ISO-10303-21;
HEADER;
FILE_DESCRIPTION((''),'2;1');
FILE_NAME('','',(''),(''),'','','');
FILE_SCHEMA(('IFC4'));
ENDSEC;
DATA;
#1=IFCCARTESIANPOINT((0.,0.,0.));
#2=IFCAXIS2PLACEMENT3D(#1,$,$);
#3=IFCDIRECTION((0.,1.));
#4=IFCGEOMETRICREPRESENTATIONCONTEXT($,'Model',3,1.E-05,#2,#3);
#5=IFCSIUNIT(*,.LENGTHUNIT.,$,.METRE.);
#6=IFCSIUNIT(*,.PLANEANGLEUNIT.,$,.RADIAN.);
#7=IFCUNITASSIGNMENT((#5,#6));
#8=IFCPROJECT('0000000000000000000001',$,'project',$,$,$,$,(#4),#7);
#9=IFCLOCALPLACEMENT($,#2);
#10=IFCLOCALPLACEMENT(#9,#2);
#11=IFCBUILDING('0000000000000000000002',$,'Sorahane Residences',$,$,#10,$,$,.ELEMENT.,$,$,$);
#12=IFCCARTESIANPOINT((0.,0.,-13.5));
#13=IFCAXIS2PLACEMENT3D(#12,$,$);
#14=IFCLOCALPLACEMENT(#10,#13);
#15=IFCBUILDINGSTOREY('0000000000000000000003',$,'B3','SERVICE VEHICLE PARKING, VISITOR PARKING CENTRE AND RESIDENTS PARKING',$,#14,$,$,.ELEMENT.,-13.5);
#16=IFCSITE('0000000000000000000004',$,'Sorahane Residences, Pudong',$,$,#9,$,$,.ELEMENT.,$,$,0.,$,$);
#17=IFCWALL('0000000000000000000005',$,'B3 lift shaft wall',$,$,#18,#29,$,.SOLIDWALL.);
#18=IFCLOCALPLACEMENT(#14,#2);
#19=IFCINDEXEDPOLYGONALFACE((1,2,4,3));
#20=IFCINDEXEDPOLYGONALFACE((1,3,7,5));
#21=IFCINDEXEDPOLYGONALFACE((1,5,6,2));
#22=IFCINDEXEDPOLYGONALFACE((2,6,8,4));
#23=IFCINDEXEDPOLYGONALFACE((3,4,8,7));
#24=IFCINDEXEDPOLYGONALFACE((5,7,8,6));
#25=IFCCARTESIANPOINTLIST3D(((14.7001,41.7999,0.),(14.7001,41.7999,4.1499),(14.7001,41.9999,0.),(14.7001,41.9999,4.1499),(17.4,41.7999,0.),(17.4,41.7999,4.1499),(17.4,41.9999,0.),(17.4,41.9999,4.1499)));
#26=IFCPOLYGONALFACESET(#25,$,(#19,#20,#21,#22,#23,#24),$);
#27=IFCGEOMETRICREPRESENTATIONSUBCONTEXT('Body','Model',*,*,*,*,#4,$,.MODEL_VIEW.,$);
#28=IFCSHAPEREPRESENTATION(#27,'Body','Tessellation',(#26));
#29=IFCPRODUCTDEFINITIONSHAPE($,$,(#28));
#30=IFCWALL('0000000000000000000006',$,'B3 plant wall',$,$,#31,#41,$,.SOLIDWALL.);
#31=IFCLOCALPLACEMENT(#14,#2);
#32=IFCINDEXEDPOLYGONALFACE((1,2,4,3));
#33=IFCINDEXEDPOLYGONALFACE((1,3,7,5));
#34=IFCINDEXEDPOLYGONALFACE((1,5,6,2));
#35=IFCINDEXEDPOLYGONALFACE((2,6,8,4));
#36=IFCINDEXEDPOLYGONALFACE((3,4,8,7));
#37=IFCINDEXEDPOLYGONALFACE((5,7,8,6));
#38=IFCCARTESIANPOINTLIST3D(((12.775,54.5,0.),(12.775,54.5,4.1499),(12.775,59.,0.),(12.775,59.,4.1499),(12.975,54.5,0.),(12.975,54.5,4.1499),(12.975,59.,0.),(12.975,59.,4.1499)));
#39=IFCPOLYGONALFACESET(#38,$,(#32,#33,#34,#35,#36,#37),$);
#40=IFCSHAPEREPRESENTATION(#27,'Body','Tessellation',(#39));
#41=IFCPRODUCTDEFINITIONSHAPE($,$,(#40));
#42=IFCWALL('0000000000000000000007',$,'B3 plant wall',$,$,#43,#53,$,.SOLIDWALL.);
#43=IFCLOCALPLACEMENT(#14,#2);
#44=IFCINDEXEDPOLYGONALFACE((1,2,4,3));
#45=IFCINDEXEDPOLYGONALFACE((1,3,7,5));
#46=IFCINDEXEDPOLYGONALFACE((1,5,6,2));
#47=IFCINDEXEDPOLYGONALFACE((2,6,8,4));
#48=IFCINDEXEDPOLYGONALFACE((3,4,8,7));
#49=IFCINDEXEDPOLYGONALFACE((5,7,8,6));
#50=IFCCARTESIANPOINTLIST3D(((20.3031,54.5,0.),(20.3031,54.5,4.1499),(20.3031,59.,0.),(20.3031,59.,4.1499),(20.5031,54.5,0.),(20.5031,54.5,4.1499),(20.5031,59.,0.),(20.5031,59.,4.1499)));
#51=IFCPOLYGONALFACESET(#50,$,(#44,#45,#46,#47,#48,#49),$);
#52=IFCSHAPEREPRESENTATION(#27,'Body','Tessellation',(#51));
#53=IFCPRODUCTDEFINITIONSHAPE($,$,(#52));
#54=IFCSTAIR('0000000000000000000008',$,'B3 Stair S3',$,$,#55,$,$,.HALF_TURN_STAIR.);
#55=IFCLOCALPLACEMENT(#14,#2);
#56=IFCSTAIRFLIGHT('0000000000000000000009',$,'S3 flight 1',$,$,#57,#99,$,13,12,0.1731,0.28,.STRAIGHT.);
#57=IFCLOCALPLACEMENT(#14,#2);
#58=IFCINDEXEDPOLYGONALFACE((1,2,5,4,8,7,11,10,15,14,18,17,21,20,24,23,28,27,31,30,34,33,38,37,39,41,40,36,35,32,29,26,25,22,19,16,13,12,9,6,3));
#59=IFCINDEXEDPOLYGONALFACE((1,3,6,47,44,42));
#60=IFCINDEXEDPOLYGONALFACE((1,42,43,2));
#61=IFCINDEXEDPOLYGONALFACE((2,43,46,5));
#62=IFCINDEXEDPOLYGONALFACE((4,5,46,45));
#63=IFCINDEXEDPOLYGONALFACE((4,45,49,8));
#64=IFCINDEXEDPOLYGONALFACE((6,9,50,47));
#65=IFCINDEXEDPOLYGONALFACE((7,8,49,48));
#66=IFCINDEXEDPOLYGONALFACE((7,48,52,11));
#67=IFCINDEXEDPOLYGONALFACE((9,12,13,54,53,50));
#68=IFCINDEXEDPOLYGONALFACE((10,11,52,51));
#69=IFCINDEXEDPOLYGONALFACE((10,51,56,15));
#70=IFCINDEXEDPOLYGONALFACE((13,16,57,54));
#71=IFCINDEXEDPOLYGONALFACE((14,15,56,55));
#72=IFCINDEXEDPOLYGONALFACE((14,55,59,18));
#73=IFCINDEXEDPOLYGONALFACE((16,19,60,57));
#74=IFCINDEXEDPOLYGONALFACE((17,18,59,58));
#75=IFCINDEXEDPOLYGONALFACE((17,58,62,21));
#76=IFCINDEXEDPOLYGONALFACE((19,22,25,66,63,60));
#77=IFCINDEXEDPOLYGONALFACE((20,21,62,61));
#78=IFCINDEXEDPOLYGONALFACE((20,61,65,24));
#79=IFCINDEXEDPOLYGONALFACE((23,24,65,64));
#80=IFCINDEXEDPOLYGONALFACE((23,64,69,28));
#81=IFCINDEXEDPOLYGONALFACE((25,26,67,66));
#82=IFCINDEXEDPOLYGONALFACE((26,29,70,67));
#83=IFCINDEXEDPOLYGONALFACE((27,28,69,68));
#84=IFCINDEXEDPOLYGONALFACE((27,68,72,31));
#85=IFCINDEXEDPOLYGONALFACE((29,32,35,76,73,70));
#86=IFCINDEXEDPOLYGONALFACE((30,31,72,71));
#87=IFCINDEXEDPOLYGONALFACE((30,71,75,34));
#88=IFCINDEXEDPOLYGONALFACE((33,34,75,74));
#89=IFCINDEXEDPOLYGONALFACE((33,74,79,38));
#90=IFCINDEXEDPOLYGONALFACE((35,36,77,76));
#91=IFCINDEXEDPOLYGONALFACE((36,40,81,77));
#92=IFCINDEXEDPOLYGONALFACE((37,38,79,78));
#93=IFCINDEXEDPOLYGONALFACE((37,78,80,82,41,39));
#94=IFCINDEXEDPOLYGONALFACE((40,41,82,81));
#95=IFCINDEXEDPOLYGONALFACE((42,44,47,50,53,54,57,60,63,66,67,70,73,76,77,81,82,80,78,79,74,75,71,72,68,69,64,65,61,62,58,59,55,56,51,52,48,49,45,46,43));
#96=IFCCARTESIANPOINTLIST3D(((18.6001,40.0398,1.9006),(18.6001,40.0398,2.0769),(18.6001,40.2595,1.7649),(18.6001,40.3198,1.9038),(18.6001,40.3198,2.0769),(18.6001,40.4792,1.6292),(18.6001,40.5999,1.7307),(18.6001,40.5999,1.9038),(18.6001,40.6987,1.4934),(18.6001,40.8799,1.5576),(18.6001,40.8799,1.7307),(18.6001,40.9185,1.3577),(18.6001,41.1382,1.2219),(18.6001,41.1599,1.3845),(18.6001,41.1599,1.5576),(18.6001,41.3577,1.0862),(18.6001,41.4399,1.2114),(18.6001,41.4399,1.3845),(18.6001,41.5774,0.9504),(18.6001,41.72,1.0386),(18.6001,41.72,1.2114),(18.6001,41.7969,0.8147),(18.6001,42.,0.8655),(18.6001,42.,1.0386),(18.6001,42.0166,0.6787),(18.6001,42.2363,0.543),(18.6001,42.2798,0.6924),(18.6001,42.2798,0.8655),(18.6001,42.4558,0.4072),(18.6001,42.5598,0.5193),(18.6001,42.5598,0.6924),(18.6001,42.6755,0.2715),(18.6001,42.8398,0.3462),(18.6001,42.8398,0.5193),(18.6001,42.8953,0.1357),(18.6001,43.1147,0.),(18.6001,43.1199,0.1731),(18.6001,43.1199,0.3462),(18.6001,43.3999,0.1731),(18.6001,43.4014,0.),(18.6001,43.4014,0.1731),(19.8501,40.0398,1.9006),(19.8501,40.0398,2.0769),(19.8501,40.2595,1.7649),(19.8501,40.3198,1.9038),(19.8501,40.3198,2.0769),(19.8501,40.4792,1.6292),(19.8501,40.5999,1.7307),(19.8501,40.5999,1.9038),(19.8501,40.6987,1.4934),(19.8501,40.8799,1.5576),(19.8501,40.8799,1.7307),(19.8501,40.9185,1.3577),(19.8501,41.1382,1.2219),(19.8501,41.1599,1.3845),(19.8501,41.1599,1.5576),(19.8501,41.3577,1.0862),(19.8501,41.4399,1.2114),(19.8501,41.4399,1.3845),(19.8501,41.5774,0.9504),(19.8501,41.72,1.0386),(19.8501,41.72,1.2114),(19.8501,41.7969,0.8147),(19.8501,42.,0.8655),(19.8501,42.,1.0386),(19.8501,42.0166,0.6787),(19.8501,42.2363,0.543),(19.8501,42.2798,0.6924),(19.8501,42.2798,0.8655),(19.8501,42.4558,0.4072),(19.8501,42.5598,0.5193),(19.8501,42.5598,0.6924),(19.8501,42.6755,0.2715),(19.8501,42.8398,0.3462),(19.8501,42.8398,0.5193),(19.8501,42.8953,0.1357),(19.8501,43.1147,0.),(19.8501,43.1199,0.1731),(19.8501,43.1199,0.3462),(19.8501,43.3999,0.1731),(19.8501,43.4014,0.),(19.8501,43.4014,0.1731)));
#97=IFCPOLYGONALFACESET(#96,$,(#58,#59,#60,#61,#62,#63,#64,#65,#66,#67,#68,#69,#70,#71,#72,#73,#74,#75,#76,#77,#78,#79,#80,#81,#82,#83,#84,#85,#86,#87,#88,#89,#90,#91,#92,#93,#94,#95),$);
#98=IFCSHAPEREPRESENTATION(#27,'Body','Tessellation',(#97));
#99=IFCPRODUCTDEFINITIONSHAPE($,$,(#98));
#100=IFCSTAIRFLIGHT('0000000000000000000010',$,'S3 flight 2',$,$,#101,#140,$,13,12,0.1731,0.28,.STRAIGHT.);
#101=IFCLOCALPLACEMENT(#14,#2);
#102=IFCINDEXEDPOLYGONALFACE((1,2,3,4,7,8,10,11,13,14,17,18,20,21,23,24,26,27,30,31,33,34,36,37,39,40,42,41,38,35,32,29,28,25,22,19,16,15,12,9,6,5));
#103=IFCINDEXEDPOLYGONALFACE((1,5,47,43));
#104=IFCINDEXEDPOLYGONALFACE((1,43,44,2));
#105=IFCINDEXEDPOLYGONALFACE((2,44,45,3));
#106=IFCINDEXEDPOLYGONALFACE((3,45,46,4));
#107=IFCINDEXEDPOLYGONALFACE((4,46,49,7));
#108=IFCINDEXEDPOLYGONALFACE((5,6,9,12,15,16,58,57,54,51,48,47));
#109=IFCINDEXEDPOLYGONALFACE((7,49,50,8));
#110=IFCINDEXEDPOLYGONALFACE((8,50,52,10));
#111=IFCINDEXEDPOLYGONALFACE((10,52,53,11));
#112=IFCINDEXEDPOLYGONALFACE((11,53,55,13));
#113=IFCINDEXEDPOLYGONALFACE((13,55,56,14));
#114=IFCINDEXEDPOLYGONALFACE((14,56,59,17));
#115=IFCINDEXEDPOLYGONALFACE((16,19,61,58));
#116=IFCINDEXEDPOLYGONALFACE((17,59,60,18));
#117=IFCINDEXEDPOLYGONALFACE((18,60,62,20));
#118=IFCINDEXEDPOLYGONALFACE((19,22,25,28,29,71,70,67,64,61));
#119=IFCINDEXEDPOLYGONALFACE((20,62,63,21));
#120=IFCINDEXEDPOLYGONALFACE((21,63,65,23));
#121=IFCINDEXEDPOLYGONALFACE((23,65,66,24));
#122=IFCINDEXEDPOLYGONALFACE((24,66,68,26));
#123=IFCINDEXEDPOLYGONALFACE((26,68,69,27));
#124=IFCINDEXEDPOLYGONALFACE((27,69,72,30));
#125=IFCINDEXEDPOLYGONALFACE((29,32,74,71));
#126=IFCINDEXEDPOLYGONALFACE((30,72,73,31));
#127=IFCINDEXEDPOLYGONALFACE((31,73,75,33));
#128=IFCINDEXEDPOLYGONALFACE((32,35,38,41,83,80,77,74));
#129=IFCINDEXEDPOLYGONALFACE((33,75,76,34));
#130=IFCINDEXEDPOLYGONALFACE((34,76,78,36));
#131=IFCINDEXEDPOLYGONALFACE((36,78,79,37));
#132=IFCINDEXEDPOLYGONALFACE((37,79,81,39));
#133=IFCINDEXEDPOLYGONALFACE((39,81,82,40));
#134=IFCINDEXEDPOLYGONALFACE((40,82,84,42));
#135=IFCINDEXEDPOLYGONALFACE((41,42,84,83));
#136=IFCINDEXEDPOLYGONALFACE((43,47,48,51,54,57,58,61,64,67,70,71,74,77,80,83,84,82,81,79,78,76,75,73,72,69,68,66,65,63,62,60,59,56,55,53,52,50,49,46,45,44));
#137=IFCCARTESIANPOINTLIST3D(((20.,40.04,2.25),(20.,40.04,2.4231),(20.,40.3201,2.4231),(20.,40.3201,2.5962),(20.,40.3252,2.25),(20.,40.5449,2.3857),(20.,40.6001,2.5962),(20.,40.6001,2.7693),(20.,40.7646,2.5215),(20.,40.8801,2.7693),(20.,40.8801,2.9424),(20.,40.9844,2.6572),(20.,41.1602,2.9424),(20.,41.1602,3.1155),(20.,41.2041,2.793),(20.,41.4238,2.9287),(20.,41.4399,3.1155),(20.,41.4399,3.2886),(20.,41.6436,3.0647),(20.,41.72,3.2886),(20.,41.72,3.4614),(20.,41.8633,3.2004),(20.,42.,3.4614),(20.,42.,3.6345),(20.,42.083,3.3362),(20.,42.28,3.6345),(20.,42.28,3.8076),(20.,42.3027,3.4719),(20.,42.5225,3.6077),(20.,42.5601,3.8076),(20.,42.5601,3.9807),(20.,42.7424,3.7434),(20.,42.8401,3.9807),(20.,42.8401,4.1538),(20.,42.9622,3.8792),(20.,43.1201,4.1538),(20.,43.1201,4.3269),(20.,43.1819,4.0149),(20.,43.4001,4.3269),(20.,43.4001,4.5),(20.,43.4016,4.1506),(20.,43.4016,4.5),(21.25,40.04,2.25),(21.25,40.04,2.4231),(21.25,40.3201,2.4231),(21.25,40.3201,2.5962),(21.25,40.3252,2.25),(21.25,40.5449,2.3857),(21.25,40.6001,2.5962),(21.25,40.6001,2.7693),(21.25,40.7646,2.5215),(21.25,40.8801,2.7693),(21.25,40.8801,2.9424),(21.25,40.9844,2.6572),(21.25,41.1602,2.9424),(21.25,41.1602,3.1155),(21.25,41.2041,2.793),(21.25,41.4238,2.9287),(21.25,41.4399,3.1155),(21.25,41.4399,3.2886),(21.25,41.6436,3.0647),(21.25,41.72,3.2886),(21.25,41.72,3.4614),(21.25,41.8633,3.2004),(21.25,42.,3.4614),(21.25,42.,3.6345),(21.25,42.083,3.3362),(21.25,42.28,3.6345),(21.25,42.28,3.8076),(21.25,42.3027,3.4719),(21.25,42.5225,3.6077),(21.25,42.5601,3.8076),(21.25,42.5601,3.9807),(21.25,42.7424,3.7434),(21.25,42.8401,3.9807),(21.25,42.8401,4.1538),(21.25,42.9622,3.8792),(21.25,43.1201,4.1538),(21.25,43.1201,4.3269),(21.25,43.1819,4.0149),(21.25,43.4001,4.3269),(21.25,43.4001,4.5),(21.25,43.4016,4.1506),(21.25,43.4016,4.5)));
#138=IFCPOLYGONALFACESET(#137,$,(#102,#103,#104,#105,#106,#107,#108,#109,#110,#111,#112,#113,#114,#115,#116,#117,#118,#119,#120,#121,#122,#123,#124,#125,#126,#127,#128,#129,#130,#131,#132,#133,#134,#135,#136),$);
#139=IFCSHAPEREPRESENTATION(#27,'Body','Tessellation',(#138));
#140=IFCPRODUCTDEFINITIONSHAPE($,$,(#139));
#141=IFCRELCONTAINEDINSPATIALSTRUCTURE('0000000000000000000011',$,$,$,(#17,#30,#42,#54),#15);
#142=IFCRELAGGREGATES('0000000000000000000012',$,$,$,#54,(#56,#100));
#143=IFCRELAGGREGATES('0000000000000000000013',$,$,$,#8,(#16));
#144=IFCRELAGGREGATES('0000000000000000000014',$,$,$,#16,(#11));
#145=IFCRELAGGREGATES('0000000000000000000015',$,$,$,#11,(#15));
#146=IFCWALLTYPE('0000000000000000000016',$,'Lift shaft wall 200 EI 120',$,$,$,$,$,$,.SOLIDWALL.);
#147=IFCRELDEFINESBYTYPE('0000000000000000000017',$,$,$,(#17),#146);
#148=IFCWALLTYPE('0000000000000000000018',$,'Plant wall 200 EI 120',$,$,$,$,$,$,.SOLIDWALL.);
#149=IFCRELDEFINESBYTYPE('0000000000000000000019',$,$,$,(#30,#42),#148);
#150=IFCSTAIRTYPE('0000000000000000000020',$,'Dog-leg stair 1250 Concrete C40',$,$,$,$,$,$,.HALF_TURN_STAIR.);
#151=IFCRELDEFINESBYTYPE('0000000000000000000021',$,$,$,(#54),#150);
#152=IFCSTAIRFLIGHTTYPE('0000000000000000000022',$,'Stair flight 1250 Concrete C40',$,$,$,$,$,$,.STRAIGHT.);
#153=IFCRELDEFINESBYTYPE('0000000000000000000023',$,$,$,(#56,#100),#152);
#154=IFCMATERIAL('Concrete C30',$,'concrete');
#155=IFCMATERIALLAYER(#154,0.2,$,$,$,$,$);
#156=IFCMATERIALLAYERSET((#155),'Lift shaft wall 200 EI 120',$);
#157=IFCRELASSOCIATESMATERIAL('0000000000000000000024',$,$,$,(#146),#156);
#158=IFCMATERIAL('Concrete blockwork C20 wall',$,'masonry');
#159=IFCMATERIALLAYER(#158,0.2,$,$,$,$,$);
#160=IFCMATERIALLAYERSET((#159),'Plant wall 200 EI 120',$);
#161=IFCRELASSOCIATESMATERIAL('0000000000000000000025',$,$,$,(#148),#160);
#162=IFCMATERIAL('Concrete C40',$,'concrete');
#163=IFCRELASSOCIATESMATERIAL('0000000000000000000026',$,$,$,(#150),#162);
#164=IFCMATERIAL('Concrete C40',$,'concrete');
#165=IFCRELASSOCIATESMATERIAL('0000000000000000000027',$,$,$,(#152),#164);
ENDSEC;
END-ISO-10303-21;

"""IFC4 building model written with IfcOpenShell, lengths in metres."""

from ifc_helpers import new_model, si_unit, direction, frame, frame_2d, origin, place, context, subcontext, project, spatial, polyline, rectangle, outline, extrude, material, layer, layer_set, type_object, element, aggregate, save


model = new_model("IFC4")

# Units and contexts
model_context = context("Model", 3, precision=1e-05, world=origin(), true_north=direction((0.0, 1.0)))
body_context = subcontext(model_context, "Body", "Model", "MODEL_VIEW")
ifc_project = project(units=[si_unit("LENGTHUNIT", "METRE"), si_unit("PLANEANGLEUNIT", "RADIAN")], contexts=[model_context])

# Site, building, storey
site_placement = place(None, origin())
site = spatial("IfcSite", under=ifc_project, at=site_placement, Name="Sorahane Residences, Pudong", CompositionType="ELEMENT", RefElevation=0.0)
building_placement = place(site_placement, origin())
building = spatial("IfcBuilding", under=site, at=building_placement, Name="Sorahane Residences", CompositionType="ELEMENT")
storey_placement = place(building_placement, frame((0.0, 0.0, -13.5)))
storey = spatial("IfcBuildingStorey", under=building, at=storey_placement, Name="B3", Description="SERVICE VEHICLE PARKING, VISITOR PARKING CENTRE AND RESIDENTS PARKING", CompositionType="ELEMENT", Elevation=-13.5)

# Walls
ifc_material_1 = material(Name="Concrete C30", Category="concrete")
ifc_layer_1 = layer(ifc_material_1, 0.2)
ifc_layer_set_1 = layer_set([ifc_layer_1], Name="Lift shaft wall 200 EI 120")
wall_type_1 = type_object("IfcWallType", Name="Lift shaft wall 200 EI 120", PredefinedType="SOLIDWALL", material=ifc_layer_set_1)
wall_placement = place(storey_placement, frame((14.7, 41.8999, 0.0), z_axis=(0.0, 0.0, 1.0), x_axis=(1.0, 0.0, 0.0)))
element("IfcWall", 1, at=wall_placement, inside=storey, type_object=wall_type_1, Name="B3 lift shaft wall", PredefinedType="SOLIDWALL", context=body_context, shape_type="SweptSolid", body=[
    extrude(rectangle(XDim=2.7, YDim=0.2, at=frame_2d((1.3501, 0.0))), origin(), (0.0, 0.0, 1.0), 4.1499),
])
ifc_material_2 = material(Name="Concrete blockwork C20 wall", Category="masonry")
ifc_layer_2 = layer(ifc_material_2, 0.2)
ifc_layer_set_2 = layer_set([ifc_layer_2], Name="Plant wall 200 EI 120")
wall_type_2 = type_object("IfcWallType", Name="Plant wall 200 EI 120", PredefinedType="SOLIDWALL", material=ifc_layer_set_2)
for number, where, z_axis, x_axis, name in (
    (2, (12.875, 54.5, 0.0), (0.0, 0.0, 1.0), (0.0, 1.0, 0.0), "B3 plant wall"),
    (3, (20.4031, 54.5, 0.0), (0.0, 0.0, 1.0), (0.0, 1.0, 0.0), "B3 plant wall"),
):
    element("IfcWall", number, at=place(storey_placement, frame(where, z_axis=z_axis, x_axis=x_axis)), inside=storey, type_object=wall_type_2, Name=name, PredefinedType="SOLIDWALL", context=body_context, shape_type="SweptSolid", body=[
        extrude(rectangle(XDim=4.5, YDim=0.2, at=frame_2d((2.25, 0.0))), origin(), (0.0, 0.0, 1.0), 4.1499),
    ])

# Stair, stair flights
ifc_material_3 = material(Name="Concrete C40", Category="concrete")
stair_type = type_object("IfcStairType", Name="Dog-leg stair 1250 Concrete C40", PredefinedType="HALF_TURN_STAIR", material=ifc_material_3)
stair_placement = place(storey_placement, origin())
stair = element("IfcStair", 4, at=stair_placement, inside=storey, type_object=stair_type, Name="B3 Stair S3", PredefinedType="HALF_TURN_STAIR")
ifc_material_4 = material(Name="Concrete C40", Category="concrete")
stair_flight_type = type_object("IfcStairFlightType", Name="Stair flight 1250 Concrete C40", PredefinedType="STRAIGHT", material=ifc_material_4)
stair_flight_1_placement = place(storey_placement, frame((19.2251, 43.3999, 0.0), z_axis=(0.0, 0.0, 1.0), x_axis=(0.0, -1.0, 0.0)))
stair_flight_1 = element("IfcStairFlight", 5, at=stair_flight_1_placement, type_object=stair_flight_type, Name="S3 flight 1", NumberOfRisers=13, NumberOfTreads=12, PredefinedType="STRAIGHT", RiserHeight=0.1731, TreadLength=0.28, context=body_context, shape_type="SweptSolid", body=[
    extrude(outline(polyline([(-0.0015, 0.0), (-0.0015, 0.1731), (0.0, 0.1731), (0.28, 0.1731), (0.28, 0.3462), (0.5601, 0.3462), (0.5601, 0.5193), (0.8401, 0.5193), (0.8401, 0.6924), (1.1201, 0.6924), (1.1201, 0.8655), (1.3999, 0.8655), (1.3999, 1.0386), (1.6799, 1.0386), (1.6799, 1.2114), (1.96, 1.2114), (1.96, 1.3845), (2.24, 1.3845), (2.24, 1.5576), (2.52, 1.5576), (2.52, 1.7307), (2.8, 1.7307), (2.8, 1.9038), (3.0801, 1.9038), (3.0801, 2.0769), (3.3601, 2.0769), (3.3601, 2.25), (3.3601, 1.9006), (3.1404, 1.7649), (2.9207, 1.6292), (2.7012, 1.4934), (2.4814, 1.3577), (2.2617, 1.2219), (2.0422, 1.0862), (1.8225, 0.9504), (1.603, 0.8147), (1.3833, 0.6787), (1.1636, 0.543), (0.9441, 0.4072), (0.7244, 0.2715), (0.5046, 0.1357), (0.2852, 0.0), (-0.0015, 0.0)])), frame((0.0, 0.625, 0.0), z_axis=(0.0, -1.0, 0.0), x_axis=(1.0, 0.0, 0.0)), (0.0, 0.0, 1.0), 1.25),
])
stair_flight_2_placement = place(storey_placement, frame((20.625, 40.04, 2.25), z_axis=(0.0, 0.0, 1.0), x_axis=(0.0, 1.0, 0.0)))
stair_flight_2 = element("IfcStairFlight", 6, at=stair_flight_2_placement, type_object=stair_flight_type, Name="S3 flight 2", NumberOfRisers=13, NumberOfTreads=12, PredefinedType="STRAIGHT", RiserHeight=0.1731, TreadLength=0.28, context=body_context, shape_type="SweptSolid", body=[
    extrude(outline(polyline([(0.0, 0.0), (0.0, 0.1731), (0.28, 0.1731), (0.28, 0.3462), (0.5601, 0.3462), (0.5601, 0.5193), (0.8401, 0.5193), (0.8401, 0.6924), (1.1201, 0.6924), (1.1201, 0.8655), (1.3999, 0.8655), (1.3999, 1.0386), (1.6799, 1.0386), (1.6799, 1.2114), (1.96, 1.2114), (1.96, 1.3845), (2.24, 1.3845), (2.24, 1.5576), (2.52, 1.5576), (2.52, 1.7307), (2.8, 1.7307), (2.8, 1.9038), (3.0801, 1.9038), (3.0801, 2.0769), (3.3601, 2.0769), (3.3601, 2.25), (3.3616, 2.25), (3.3616, 1.9006), (3.1418, 1.7649), (2.9221, 1.6292), (2.7024, 1.4934), (2.4824, 1.3577), (2.2627, 1.2219), (2.043, 1.0862), (1.8232, 0.9504), (1.6035, 0.8147), (1.3838, 0.6787), (1.1641, 0.543), (0.9443, 0.4072), (0.7246, 0.2715), (0.5049, 0.1357), (0.2852, 0.0), (0.0, 0.0)])), frame((0.0, 0.625, 0.0), z_axis=(0.0, -1.0, 0.0), x_axis=(1.0, 0.0, 0.0)), (0.0, 0.0, 1.0), 1.25),
])
aggregate(stair, [stair_flight_1, stair_flight_2])

save(model, "model.ifc")
